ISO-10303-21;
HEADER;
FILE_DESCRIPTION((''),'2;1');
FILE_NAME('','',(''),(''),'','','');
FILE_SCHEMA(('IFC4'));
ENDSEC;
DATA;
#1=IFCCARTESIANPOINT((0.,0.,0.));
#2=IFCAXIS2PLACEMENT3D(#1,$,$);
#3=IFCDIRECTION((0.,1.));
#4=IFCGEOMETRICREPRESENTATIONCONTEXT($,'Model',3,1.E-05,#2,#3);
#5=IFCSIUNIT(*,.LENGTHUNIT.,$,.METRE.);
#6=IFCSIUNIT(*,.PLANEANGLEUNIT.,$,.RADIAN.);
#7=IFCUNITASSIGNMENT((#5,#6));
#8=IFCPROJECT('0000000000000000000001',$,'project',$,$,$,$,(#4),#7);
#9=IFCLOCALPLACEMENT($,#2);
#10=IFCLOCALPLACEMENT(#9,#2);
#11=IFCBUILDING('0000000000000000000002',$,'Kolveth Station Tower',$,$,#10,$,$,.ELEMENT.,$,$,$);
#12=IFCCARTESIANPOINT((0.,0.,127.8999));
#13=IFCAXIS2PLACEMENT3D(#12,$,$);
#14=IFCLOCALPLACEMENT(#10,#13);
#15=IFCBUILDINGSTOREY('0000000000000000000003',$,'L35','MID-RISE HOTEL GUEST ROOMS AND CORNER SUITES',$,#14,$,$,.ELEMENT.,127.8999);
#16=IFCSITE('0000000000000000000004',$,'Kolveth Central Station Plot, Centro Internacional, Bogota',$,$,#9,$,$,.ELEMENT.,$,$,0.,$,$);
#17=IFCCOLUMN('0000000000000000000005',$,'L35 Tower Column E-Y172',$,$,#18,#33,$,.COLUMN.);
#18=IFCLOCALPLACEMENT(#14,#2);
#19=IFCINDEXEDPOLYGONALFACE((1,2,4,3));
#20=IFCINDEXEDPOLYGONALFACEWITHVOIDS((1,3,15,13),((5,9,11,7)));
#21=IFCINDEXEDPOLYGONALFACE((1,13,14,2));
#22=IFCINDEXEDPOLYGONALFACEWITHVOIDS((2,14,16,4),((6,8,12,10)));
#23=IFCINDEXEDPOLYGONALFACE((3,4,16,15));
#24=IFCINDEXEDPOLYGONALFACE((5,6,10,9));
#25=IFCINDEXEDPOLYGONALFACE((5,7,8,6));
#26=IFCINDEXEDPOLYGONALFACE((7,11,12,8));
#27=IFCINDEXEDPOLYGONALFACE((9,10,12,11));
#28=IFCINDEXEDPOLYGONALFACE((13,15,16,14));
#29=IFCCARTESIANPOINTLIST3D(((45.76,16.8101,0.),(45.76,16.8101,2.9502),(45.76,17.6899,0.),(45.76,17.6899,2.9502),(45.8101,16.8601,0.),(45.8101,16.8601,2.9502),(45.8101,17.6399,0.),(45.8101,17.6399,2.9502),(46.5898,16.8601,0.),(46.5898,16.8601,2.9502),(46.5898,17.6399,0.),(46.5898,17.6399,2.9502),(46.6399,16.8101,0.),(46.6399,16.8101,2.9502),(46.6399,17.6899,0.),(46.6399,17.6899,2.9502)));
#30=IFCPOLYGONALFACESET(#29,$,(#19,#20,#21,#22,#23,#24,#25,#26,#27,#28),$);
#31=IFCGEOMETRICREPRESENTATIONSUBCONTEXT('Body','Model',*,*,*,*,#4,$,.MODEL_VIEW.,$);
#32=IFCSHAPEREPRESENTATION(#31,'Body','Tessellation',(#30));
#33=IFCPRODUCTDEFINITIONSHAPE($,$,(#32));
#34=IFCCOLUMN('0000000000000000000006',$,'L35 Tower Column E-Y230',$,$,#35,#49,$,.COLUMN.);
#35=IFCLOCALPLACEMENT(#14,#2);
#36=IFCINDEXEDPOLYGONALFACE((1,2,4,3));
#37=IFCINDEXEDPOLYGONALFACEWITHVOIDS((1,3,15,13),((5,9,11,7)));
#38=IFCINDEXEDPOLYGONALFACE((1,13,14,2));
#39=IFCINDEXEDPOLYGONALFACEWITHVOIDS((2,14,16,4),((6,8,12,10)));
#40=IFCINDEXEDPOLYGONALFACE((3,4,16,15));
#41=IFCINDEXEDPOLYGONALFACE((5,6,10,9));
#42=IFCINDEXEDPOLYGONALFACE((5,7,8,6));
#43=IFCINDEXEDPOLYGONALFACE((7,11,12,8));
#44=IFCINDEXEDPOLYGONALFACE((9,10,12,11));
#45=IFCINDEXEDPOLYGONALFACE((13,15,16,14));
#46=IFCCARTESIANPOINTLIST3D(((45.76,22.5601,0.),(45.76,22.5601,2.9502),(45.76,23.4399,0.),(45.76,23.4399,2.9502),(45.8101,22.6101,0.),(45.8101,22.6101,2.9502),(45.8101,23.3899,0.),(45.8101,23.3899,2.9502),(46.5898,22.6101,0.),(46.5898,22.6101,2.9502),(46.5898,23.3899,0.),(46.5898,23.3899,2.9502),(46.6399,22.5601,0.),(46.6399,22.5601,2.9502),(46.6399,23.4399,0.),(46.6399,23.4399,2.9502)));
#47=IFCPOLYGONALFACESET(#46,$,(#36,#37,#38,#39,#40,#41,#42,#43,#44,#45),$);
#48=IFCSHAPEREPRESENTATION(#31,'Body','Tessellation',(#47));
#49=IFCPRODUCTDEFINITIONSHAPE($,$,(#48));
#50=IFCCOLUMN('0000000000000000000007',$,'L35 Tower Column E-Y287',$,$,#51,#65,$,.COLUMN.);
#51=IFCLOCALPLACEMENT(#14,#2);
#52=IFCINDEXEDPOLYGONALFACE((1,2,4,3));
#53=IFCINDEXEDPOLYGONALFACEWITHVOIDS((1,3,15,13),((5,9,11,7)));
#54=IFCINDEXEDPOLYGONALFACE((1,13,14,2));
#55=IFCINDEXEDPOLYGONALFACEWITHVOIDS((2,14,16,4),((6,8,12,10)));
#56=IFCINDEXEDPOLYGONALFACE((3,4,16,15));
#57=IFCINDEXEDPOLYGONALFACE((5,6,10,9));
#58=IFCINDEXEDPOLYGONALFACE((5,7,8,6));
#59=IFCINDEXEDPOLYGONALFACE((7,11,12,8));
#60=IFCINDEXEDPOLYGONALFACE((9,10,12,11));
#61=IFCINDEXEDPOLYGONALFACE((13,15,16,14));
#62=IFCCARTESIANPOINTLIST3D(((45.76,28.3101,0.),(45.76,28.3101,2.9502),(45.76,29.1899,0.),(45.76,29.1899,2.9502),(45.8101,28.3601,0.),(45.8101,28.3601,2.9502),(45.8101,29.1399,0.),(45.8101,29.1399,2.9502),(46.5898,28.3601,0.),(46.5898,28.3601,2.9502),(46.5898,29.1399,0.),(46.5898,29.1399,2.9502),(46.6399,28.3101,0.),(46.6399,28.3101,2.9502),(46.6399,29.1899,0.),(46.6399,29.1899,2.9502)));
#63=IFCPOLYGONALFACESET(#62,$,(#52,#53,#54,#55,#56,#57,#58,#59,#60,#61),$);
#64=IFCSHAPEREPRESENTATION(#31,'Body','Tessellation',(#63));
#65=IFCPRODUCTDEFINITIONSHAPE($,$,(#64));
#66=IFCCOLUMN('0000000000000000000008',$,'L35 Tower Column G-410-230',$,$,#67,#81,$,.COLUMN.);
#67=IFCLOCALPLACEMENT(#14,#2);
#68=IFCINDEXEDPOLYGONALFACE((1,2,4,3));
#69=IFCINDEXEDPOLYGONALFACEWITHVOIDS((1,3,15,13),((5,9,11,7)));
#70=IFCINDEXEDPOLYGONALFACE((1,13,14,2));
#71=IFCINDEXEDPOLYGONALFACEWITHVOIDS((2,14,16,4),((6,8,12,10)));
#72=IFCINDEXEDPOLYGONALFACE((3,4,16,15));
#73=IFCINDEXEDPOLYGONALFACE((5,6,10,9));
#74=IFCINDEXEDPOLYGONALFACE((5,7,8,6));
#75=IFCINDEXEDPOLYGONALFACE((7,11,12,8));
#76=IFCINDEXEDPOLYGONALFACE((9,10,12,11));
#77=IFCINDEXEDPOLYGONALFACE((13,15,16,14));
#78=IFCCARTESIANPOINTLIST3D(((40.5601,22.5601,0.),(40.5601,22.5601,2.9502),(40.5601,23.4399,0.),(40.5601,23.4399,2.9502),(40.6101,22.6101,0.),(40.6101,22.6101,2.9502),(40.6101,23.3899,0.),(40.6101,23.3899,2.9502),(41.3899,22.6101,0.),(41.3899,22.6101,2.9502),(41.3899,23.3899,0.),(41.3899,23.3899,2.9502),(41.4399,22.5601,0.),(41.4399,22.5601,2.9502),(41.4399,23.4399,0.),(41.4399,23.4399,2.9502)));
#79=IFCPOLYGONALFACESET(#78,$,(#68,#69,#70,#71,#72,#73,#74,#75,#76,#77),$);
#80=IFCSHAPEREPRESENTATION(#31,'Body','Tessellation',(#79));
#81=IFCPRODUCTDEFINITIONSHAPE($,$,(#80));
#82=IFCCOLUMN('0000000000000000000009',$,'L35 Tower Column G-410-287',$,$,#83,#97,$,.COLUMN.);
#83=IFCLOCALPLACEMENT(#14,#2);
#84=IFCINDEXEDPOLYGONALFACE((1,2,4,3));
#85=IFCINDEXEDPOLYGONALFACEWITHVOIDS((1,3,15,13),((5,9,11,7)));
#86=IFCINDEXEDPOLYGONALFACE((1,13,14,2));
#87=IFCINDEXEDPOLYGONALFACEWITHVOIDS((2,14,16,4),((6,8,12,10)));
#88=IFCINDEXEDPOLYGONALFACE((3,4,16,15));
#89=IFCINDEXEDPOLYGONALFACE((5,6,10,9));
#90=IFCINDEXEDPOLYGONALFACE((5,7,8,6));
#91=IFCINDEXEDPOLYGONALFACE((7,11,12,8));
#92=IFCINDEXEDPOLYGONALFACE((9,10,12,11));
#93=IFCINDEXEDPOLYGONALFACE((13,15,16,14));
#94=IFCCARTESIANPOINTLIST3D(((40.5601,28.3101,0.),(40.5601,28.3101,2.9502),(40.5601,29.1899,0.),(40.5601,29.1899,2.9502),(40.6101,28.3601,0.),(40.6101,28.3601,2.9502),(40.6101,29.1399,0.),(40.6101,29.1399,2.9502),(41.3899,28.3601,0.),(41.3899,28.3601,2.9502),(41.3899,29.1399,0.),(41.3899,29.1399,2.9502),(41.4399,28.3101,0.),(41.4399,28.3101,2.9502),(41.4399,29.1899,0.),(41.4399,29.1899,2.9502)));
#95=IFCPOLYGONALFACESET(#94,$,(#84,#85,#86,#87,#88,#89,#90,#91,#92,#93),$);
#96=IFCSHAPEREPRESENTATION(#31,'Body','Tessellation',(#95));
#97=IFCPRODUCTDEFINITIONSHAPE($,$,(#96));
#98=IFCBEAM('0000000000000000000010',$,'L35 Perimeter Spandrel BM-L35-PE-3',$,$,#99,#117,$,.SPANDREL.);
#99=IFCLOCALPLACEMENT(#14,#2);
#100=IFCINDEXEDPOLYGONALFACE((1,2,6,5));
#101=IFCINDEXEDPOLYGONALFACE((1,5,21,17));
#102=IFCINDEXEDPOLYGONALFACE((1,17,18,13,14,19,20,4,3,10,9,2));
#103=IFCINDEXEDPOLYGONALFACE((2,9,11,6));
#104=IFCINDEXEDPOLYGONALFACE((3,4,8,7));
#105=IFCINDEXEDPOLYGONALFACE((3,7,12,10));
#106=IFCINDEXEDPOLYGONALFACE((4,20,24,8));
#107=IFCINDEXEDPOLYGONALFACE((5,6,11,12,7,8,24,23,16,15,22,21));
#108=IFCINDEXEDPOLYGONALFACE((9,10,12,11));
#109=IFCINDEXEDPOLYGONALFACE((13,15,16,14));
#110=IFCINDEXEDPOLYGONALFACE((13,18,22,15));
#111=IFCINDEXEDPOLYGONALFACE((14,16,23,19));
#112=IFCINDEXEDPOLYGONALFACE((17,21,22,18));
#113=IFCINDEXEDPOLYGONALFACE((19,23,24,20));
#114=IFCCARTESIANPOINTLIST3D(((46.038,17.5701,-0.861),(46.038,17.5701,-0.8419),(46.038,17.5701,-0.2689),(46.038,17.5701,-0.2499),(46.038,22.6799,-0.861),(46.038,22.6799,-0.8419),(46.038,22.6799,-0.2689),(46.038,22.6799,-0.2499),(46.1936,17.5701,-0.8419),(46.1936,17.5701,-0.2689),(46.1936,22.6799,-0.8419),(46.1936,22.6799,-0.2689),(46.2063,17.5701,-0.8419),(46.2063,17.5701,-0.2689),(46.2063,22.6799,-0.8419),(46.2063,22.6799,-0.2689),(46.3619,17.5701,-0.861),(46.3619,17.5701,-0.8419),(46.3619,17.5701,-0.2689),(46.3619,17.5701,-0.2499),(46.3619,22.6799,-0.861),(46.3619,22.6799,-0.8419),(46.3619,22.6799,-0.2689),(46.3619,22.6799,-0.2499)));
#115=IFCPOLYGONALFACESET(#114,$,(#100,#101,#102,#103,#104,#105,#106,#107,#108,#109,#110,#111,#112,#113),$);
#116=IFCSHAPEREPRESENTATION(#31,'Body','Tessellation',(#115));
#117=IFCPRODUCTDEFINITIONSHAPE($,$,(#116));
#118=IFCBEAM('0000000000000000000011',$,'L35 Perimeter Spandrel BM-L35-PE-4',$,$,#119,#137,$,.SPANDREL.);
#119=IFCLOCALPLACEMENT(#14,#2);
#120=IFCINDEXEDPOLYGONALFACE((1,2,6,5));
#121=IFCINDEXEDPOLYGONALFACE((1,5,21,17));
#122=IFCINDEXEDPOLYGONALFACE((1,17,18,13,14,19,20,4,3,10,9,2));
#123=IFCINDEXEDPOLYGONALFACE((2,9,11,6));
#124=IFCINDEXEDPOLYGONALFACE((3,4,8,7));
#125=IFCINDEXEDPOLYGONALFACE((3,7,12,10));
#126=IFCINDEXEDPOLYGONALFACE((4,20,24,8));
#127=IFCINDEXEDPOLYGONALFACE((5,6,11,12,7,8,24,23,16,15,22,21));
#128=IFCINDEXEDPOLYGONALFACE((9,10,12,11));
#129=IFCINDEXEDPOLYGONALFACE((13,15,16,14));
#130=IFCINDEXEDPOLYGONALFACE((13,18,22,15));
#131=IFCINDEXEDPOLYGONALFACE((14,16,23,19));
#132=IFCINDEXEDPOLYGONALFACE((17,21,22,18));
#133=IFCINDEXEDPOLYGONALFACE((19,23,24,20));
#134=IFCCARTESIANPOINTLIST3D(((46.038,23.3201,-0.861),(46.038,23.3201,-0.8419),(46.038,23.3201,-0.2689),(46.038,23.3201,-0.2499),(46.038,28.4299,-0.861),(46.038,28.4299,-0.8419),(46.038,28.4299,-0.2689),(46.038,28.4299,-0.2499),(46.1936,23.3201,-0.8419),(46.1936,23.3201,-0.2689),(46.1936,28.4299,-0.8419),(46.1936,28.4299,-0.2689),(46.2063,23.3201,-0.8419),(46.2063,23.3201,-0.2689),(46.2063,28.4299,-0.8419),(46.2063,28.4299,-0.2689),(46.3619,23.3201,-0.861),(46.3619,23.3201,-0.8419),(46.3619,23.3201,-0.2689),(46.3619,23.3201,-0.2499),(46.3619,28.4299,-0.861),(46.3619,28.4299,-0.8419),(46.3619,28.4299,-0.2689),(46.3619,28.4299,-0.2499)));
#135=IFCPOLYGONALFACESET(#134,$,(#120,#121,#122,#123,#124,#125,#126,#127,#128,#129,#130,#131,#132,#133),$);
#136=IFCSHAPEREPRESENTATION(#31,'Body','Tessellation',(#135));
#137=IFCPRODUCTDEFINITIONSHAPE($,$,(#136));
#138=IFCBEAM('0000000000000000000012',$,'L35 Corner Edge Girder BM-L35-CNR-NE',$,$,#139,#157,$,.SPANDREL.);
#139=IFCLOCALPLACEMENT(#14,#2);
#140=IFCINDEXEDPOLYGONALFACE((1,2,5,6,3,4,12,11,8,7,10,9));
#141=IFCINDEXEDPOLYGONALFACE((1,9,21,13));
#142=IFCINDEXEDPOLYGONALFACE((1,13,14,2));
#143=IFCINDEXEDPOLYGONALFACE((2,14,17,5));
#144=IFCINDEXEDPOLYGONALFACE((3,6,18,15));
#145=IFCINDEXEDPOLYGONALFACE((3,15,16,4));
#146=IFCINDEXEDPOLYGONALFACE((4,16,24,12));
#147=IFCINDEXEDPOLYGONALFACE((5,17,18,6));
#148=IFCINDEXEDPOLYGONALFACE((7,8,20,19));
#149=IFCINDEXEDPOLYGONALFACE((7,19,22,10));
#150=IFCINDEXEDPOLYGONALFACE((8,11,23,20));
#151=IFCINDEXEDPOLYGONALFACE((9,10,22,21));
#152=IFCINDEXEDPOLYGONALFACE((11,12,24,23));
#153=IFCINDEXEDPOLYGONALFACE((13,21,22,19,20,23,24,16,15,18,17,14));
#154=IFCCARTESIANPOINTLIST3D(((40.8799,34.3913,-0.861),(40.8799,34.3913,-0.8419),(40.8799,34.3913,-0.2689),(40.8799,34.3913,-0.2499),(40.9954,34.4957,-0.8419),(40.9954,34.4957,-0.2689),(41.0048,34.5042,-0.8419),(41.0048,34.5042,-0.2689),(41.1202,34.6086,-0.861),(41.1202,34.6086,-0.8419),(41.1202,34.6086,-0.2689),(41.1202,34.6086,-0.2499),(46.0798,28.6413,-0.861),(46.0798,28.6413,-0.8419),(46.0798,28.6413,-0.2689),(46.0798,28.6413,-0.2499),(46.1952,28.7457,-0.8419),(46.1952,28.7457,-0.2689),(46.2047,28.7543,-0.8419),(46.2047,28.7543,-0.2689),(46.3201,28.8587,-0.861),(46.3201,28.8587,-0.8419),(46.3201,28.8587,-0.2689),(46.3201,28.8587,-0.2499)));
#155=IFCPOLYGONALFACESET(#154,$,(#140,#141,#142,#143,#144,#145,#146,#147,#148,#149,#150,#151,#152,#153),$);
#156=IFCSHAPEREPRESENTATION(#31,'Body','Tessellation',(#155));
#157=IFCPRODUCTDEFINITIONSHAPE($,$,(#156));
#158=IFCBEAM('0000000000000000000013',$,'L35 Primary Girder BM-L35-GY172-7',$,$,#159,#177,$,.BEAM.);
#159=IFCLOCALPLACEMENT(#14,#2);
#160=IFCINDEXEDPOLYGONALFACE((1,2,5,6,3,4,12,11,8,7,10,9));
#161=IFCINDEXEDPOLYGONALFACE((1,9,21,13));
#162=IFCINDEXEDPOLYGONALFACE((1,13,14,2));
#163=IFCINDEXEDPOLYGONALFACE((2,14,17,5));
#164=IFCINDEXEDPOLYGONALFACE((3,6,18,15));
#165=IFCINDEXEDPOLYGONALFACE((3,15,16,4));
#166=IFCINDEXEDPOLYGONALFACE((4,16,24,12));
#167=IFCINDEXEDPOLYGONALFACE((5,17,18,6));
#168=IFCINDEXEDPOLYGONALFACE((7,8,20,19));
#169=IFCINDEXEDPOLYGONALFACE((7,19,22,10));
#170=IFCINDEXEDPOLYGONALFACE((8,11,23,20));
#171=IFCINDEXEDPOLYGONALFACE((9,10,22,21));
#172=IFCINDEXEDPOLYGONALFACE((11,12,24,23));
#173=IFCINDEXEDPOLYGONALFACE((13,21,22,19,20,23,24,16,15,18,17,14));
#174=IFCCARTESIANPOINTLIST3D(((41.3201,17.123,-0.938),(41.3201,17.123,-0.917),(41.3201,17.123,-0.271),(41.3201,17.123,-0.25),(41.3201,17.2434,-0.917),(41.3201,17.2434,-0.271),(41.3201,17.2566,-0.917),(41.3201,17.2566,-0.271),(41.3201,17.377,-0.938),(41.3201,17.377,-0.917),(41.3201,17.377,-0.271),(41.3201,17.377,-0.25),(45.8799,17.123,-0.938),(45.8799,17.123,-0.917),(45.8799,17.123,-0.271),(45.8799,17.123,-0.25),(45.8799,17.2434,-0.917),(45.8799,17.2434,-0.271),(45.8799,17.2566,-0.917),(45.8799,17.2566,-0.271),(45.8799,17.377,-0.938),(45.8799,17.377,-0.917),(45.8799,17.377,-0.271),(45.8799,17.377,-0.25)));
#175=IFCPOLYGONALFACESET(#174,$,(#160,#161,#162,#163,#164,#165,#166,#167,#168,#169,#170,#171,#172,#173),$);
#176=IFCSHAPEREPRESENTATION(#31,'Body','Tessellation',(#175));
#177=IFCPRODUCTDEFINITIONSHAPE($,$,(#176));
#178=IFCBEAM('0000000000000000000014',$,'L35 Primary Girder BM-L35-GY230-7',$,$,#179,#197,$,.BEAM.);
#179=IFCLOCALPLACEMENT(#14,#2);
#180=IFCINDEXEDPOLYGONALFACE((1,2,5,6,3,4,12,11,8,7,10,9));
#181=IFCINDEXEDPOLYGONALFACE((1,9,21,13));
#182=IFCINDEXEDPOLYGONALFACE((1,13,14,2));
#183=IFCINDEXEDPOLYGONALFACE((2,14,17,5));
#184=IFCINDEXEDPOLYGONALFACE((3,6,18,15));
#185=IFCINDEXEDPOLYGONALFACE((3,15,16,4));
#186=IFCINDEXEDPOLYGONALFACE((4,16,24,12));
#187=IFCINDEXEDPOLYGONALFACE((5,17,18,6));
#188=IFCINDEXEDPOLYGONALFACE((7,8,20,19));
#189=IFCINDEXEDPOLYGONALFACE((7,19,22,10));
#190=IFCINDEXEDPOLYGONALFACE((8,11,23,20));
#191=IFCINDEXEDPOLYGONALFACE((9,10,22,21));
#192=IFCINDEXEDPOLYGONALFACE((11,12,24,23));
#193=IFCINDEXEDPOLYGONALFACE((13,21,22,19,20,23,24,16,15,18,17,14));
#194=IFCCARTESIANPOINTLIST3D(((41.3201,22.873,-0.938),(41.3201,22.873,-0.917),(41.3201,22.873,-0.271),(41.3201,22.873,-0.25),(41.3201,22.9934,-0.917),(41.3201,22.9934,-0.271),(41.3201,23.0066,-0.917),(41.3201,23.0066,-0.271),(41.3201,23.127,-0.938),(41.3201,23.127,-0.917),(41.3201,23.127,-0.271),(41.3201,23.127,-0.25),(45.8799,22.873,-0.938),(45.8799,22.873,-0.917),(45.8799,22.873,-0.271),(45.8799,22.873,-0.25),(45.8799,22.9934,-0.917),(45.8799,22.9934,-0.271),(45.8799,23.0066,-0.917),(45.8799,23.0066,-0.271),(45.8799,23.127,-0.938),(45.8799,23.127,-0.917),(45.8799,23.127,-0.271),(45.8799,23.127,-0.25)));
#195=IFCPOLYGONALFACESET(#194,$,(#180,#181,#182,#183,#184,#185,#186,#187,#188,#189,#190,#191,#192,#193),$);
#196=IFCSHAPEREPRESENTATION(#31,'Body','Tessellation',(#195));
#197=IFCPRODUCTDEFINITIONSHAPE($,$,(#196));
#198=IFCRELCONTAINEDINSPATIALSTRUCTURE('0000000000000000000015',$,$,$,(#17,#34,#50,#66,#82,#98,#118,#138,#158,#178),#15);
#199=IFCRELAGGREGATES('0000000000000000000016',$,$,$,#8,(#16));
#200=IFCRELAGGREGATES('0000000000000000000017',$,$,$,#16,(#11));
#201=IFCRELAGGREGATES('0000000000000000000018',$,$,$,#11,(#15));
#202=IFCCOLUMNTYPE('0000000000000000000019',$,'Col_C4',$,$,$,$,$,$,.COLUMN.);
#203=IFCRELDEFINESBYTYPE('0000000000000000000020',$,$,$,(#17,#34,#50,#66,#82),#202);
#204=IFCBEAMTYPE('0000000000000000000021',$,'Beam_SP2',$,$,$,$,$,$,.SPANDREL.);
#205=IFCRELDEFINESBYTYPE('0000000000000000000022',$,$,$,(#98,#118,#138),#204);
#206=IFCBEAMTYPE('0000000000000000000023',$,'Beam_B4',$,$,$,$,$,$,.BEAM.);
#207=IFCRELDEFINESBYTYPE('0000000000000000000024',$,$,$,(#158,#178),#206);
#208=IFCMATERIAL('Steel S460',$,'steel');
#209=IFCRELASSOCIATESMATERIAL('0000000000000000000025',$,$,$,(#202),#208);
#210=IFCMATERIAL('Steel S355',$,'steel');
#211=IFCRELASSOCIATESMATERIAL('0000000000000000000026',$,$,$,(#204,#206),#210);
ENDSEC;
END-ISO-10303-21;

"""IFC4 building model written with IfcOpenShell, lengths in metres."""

from ifc_helpers import new_model, si_unit, direction, frame, origin, origin_2d, place, context, subcontext, project, spatial, hollow_rectangle, i_section, extrude, source, transform, mapped, material, material_profile, profile_set, type_object, element, save


model = new_model("IFC4")

# Units and contexts
model_context = context("Model", 3, precision=1e-05, world=origin(), true_north=direction((0.0, 1.0)))
body_context = subcontext(model_context, "Body", "Model", "MODEL_VIEW")
ifc_project = project(units=[si_unit("LENGTHUNIT", "METRE"), si_unit("PLANEANGLEUNIT", "RADIAN")], contexts=[model_context])

# Site, building, storey
site_placement = place(None, origin())
site = spatial("IfcSite", under=ifc_project, at=site_placement, Name="Kolveth Central Station Plot, Centro Internacional, Bogota", CompositionType="ELEMENT", RefElevation=0.0)
building_placement = place(site_placement, origin())
building = spatial("IfcBuilding", under=site, at=building_placement, Name="Kolveth Station Tower", CompositionType="ELEMENT")
storey_placement = place(building_placement, frame((0.0, 0.0, 127.8999)))
storey = spatial("IfcBuildingStorey", under=building, at=storey_placement, Name="L35", Description="MID-RISE HOTEL GUEST ROOMS AND CORNER SUITES", CompositionType="ELEMENT", Elevation=127.8999)

# Columns
ifc_material_1 = material(Name="Steel S460", Category="steel")
ifc_material_profile_1 = material_profile(ifc_material_1, hollow_rectangle(XDim=0.8799, YDim=0.8799, WallThickness=0.05, at=origin_2d()), Name="BOX880x880x50")
ifc_profile_set_1 = profile_set([ifc_material_profile_1], Name="Steel S460")
column_type = type_object("IfcColumnType", Name="Col_C4", PredefinedType="COLUMN", material=ifc_profile_set_1)
shared_shape_1 = source(origin(), body_context, "Body", "SweptSolid", [
    extrude(hollow_rectangle(XDim=0.8799, YDim=0.8799, WallThickness=0.05, at=origin_2d()), origin(), (0.0, 0.0, 1.0), 2.9502),
])
for number, where, z_axis, x_axis, name in (
    (1, (46.2, 17.25, 0.0), (0.0, 0.0, 1.0), (1.0, 0.0, 0.0), "L35 Tower Column E-Y172"),
    (2, (46.2, 23.0, 0.0), (0.0, 0.0, 1.0), (1.0, 0.0, 0.0), "L35 Tower Column E-Y230"),
    (3, (46.2, 28.75, 0.0), (0.0, 0.0, 1.0), (1.0, 0.0, 0.0), "L35 Tower Column E-Y287"),
    (4, (41.0, 23.0, 0.0), (0.0, 0.0, 1.0), (1.0, 0.0, 0.0), "L35 Tower Column G-410-230"),
    (5, (41.0, 28.75, 0.0), (0.0, 0.0, 1.0), (1.0, 0.0, 0.0), "L35 Tower Column G-410-287"),
):
    element("IfcColumn", number, at=place(storey_placement, frame(where, z_axis=z_axis, x_axis=x_axis)), inside=storey, type_object=column_type, Name=name, PredefinedType="COLUMN", context=body_context, shape_type="MappedRepresentation", body=[
        mapped(shared_shape_1, transform((0.0, 0.0, 0.0), x_axis=(1.0, 0.0, 0.0), y_axis=(0.0, 1.0, 0.0), z_axis=(0.0, 0.0, 1.0), scale=1.0)),
    ])

# Beams
ifc_material_2 = material(Name="Steel S355", Category="steel")
ifc_material_profile_2 = material_profile(ifc_material_2, i_section(OverallWidth=0.324, OverallDepth=0.6111, WebThickness=0.0127, FlangeThickness=0.019, at=origin_2d()), Name="W610x155")
ifc_profile_set_2 = profile_set([ifc_material_profile_2], Name="Steel S355")
beam_type_1 = type_object("IfcBeamType", Name="Beam_SP2", PredefinedType="SPANDREL", material=ifc_profile_set_2)
shared_shape_2 = source(origin(), body_context, "Body", "SweptSolid", [
    extrude(i_section(OverallWidth=0.324, OverallDepth=0.6111, WebThickness=0.0127, FlangeThickness=0.019, at=origin_2d()), origin(), (0.0, 0.0, 1.0), 5.1099),
])
for number, where, z_axis, x_axis, name in (
    (6, (46.2, 17.5701, -0.5554), (0.0, 1.0, 0.0), (-1.0, 0.0, 0.0), "L35 Perimeter Spandrel BM-L35-PE-3"),
    (7, (46.2, 23.3201, -0.5554), (0.0, 1.0, 0.0), (-1.0, 0.0, 0.0), "L35 Perimeter Spandrel BM-L35-PE-4"),
):
    element("IfcBeam", number, at=place(storey_placement, frame(where, z_axis=z_axis, x_axis=x_axis)), inside=storey, type_object=beam_type_1, Name=name, PredefinedType="SPANDREL", context=body_context, shape_type="MappedRepresentation", body=[
        mapped(shared_shape_2, transform((0.0, 0.0, 0.0), x_axis=(1.0, 0.0, 0.0), y_axis=(0.0, 1.0, 0.0), z_axis=(0.0, 0.0, 1.0), scale=1.0)),
    ])
shared_shape_3 = source(origin(), body_context, "Body", "SweptSolid", [
    extrude(i_section(OverallWidth=0.324, OverallDepth=0.6111, WebThickness=0.0127, FlangeThickness=0.019, at=origin_2d()), origin(), (0.0, 0.0, 1.0), 7.7524),
])
beam_placement = place(storey_placement, frame((46.2, 28.75, -0.5554), z_axis=(-0.670741, 0.741692, 0.0), x_axis=(-0.741692, -0.670741, 0.0)))
element("IfcBeam", 8, at=beam_placement, inside=storey, type_object=beam_type_1, Name="L35 Corner Edge Girder BM-L35-CNR-NE", PredefinedType="SPANDREL", context=body_context, shape_type="MappedRepresentation", body=[
    mapped(shared_shape_3, transform((0.0, 0.0, 0.0), x_axis=(1.0, 0.0, 0.0), y_axis=(0.0, 1.0, 0.0), z_axis=(0.0, 0.0, 1.0), scale=1.0)),
])
ifc_material_profile_3 = material_profile(ifc_material_2, i_section(OverallWidth=0.2539, OverallDepth=0.688, WebThickness=0.0132, FlangeThickness=0.021, at=origin_2d()), Name="W690x152")
ifc_profile_set_3 = profile_set([ifc_material_profile_3], Name="Steel S355")
beam_type_2 = type_object("IfcBeamType", Name="Beam_B4", PredefinedType="BEAM", material=ifc_profile_set_3)
shared_shape_4 = source(origin(), body_context, "Body", "SweptSolid", [
    extrude(i_section(OverallWidth=0.2539, OverallDepth=0.688, WebThickness=0.0132, FlangeThickness=0.021, at=origin_2d()), origin(), (0.0, 0.0, 1.0), 4.5598),
])
for number, where, z_axis, x_axis, name in (
    (9, (41.3201, 17.25, -0.594), (1.0, 0.0, 0.0), (0.0, 1.0, 0.0), "L35 Primary Girder BM-L35-GY172-7"),
    (10, (41.3201, 23.0, -0.594), (1.0, 0.0, 0.0), (0.0, 1.0, 0.0), "L35 Primary Girder BM-L35-GY230-7"),
):
    element("IfcBeam", number, at=place(storey_placement, frame(where, z_axis=z_axis, x_axis=x_axis)), inside=storey, type_object=beam_type_2, Name=name, PredefinedType="BEAM", context=body_context, shape_type="MappedRepresentation", body=[
        mapped(shared_shape_4, transform((0.0, 0.0, 0.0), x_axis=(1.0, 0.0, 0.0), y_axis=(0.0, 1.0, 0.0), z_axis=(0.0, 0.0, 1.0), scale=1.0)),
    ])

save(model, "model.ifc")
